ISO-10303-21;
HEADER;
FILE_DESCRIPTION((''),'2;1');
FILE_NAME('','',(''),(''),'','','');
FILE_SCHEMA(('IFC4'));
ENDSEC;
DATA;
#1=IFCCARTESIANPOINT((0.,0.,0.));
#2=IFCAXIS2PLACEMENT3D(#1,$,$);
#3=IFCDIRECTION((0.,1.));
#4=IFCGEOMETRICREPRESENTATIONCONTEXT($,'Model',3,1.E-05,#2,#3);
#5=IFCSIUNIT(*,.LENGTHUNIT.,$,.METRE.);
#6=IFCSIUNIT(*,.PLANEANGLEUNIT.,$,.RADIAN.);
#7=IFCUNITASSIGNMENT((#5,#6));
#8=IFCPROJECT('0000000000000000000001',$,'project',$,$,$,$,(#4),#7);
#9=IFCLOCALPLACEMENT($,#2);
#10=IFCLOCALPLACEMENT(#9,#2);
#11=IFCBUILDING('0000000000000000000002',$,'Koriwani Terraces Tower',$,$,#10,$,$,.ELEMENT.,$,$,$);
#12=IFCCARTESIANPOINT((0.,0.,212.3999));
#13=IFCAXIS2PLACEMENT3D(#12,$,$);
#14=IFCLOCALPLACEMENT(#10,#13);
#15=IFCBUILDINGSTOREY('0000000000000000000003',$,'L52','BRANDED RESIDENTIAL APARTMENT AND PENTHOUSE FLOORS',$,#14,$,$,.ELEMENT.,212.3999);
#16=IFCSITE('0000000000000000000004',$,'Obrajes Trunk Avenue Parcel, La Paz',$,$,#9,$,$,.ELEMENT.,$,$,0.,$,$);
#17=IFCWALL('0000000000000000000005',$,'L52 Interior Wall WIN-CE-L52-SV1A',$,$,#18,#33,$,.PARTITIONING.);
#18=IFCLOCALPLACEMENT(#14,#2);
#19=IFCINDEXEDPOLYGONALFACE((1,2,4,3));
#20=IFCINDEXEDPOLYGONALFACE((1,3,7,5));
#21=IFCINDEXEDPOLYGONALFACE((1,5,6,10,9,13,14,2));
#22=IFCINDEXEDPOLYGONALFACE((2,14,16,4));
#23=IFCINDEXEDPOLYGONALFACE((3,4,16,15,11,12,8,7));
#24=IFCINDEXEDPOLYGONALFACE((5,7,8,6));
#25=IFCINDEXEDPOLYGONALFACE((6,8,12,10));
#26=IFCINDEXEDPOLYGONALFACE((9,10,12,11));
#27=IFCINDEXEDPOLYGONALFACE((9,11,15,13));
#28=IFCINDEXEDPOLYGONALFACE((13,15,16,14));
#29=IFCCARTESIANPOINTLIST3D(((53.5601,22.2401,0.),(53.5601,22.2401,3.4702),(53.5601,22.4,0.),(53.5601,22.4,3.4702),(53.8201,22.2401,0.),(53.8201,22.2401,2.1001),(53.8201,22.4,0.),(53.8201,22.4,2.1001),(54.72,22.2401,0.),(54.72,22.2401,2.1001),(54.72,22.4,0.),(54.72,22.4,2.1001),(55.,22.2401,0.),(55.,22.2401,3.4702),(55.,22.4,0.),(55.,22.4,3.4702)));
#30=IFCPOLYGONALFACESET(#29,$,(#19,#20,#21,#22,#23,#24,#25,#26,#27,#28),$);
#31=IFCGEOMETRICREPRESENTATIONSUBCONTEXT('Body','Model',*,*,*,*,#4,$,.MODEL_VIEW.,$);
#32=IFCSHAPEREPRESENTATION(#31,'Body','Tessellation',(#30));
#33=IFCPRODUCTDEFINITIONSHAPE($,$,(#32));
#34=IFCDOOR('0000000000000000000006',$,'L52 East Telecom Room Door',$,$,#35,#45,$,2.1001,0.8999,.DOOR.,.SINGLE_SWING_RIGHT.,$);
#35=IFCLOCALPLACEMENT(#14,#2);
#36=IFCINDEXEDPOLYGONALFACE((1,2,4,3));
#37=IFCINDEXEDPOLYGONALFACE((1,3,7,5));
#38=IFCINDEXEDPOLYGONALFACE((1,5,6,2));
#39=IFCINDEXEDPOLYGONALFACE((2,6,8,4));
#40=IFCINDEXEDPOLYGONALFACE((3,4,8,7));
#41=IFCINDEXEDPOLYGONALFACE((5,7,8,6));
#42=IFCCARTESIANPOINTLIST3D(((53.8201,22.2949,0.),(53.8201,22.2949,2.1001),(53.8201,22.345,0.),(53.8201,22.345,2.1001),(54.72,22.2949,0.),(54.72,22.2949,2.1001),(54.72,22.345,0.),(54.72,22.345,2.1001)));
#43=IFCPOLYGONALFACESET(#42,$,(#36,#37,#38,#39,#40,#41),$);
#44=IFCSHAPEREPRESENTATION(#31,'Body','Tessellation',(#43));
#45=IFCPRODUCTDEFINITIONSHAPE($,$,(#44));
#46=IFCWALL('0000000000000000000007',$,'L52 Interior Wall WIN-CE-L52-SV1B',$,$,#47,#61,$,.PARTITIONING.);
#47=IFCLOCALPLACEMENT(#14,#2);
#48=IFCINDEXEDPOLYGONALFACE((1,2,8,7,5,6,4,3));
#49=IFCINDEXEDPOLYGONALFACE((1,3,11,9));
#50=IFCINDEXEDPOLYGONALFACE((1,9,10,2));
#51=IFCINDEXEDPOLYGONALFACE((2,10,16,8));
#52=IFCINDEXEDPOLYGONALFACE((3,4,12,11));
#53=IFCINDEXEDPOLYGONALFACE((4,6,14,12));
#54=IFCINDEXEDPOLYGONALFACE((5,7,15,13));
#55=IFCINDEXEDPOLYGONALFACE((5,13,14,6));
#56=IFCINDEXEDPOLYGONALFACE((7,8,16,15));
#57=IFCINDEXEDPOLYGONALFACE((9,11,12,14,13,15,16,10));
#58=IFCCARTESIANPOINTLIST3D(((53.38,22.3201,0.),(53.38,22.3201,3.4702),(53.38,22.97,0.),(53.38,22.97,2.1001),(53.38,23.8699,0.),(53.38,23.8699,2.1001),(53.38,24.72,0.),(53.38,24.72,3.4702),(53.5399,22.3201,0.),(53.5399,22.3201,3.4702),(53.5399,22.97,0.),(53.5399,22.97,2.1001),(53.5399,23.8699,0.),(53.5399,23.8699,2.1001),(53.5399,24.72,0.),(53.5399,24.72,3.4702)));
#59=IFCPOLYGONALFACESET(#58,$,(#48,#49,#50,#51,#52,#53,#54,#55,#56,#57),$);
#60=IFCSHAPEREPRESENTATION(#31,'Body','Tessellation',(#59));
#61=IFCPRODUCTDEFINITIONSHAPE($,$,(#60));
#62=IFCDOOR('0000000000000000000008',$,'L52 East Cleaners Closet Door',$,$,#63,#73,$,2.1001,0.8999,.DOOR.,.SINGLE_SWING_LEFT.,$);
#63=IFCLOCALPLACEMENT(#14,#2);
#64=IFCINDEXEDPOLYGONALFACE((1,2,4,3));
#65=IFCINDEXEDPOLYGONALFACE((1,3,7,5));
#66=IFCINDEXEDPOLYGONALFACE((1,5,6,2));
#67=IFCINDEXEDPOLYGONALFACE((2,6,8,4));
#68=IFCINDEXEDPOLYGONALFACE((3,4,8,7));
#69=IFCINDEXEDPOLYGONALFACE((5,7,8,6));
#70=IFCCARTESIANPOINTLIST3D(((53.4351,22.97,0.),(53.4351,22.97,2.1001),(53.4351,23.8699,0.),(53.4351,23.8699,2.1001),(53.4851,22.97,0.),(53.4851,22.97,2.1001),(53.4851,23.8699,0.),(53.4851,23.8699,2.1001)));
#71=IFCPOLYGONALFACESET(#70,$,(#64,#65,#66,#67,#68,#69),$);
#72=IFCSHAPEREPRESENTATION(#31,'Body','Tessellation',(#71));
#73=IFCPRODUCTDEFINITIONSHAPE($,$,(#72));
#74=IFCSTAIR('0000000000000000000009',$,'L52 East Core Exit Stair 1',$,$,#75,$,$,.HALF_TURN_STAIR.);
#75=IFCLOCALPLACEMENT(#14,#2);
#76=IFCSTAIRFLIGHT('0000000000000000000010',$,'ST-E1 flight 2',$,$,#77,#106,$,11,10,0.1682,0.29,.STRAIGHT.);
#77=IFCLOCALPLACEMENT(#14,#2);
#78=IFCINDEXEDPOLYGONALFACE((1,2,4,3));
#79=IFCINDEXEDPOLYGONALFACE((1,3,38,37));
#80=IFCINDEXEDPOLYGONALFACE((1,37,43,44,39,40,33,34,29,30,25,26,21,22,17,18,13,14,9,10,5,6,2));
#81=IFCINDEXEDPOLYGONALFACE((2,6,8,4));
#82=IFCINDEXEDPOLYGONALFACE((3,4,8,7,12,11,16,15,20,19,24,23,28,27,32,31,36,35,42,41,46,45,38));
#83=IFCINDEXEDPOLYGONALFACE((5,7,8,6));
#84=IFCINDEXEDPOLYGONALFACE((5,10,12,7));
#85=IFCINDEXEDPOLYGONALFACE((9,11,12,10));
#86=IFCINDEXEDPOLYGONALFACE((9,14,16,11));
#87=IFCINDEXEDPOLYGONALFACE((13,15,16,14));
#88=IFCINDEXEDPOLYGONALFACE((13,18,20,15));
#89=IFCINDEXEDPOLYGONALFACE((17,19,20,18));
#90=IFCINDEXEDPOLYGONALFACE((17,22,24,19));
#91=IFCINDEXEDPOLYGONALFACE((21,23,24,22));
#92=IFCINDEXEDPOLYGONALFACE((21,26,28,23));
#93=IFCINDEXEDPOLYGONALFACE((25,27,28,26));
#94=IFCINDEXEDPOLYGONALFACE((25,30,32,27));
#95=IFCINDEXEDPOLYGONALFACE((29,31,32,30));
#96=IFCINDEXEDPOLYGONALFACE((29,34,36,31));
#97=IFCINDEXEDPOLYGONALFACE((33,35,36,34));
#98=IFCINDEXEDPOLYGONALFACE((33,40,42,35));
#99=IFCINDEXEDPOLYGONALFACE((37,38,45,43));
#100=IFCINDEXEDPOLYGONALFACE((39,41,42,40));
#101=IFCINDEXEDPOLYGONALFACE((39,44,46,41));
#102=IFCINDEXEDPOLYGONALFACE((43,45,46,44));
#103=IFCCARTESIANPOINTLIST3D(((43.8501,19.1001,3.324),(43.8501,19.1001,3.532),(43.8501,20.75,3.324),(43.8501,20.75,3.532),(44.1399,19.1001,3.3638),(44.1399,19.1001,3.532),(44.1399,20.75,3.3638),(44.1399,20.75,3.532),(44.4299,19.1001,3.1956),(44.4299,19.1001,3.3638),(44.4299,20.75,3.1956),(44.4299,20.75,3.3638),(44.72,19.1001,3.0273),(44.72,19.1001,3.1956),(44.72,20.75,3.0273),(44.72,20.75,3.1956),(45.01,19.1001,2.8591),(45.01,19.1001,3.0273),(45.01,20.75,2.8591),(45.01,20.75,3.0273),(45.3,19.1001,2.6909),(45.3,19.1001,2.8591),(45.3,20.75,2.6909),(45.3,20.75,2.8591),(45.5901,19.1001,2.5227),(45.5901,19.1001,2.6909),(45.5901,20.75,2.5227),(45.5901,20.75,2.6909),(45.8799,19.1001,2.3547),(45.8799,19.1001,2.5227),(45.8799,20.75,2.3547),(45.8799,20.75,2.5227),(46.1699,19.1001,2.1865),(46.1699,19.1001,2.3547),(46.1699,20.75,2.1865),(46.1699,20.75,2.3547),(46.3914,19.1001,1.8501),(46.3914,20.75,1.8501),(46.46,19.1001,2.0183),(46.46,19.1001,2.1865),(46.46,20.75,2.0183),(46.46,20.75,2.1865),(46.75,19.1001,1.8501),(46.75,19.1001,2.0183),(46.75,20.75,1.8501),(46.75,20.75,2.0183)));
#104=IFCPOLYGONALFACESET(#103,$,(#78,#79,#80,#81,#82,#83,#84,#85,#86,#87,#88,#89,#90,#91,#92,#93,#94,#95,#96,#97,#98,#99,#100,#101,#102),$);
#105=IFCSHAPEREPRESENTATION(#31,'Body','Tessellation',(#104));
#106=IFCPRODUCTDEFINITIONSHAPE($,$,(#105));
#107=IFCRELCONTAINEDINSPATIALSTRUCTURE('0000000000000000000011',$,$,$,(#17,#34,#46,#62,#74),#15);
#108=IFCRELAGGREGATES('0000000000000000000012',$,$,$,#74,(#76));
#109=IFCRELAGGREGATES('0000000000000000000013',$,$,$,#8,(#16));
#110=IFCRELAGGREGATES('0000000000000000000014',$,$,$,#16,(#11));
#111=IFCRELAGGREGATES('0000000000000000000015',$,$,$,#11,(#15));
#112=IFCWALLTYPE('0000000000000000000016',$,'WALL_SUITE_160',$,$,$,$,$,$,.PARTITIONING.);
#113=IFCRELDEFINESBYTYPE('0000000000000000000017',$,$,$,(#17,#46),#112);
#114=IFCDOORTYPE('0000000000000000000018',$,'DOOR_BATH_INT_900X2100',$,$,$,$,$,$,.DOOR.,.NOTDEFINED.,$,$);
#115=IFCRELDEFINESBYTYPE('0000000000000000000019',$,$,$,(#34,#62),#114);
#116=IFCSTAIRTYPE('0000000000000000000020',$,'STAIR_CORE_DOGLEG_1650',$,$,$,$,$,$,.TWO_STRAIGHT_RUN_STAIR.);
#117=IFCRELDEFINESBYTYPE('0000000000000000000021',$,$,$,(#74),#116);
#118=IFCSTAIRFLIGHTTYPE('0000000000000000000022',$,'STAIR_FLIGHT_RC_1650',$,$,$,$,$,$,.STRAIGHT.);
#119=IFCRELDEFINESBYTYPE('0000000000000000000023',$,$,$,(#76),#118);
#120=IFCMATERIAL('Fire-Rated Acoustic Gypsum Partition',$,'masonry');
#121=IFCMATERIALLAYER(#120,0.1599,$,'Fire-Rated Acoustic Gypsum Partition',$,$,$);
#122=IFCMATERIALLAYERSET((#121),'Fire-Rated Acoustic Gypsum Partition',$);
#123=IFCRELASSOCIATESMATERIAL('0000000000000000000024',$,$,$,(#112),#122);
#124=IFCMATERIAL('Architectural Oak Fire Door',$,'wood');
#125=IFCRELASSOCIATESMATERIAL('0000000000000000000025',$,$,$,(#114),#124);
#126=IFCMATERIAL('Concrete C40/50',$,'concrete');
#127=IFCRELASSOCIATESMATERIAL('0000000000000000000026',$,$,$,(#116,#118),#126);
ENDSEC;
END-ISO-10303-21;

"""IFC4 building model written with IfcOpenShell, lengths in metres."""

from ifc_helpers import new_model, si_unit, direction, frame, frame_2d, origin, place, context, subcontext, project, spatial, polyline, rectangle, outline, extrude, material, layer, layer_set, type_object, element, fill, aggregate, save


model = new_model("IFC4")

# Units and contexts
model_context = context("Model", 3, precision=1e-05, world=origin(), true_north=direction((0.0, 1.0)))
body_context = subcontext(model_context, "Body", "Model", "MODEL_VIEW")
ifc_project = project(units=[si_unit("LENGTHUNIT", "METRE"), si_unit("PLANEANGLEUNIT", "RADIAN")], contexts=[model_context])

# Site, building, storey
site_placement = place(None, origin())
site = spatial("IfcSite", under=ifc_project, at=site_placement, Name="Obrajes Trunk Avenue Parcel, La Paz", CompositionType="ELEMENT", RefElevation=0.0)
building_placement = place(site_placement, origin())
building = spatial("IfcBuilding", under=site, at=building_placement, Name="Koriwani Terraces Tower", CompositionType="ELEMENT")
storey_placement = place(building_placement, frame((0.0, 0.0, 212.3999)))
storey = spatial("IfcBuildingStorey", under=building, at=storey_placement, Name="L52", Description="BRANDED RESIDENTIAL APARTMENT AND PENTHOUSE FLOORS", CompositionType="ELEMENT", Elevation=212.3999)

# Shared definitions
ifc_material_1 = material(Name="Concrete C40/50", Category="concrete")

# Walls, openings, doors
ifc_material_2 = material(Name="Fire-Rated Acoustic Gypsum Partition", Category="masonry")
ifc_layer_1 = layer(ifc_material_2, 0.1599, Name="Fire-Rated Acoustic Gypsum Partition")
ifc_layer_set_1 = layer_set([ifc_layer_1], Name="Fire-Rated Acoustic Gypsum Partition")
wall_type_1 = type_object("IfcWallType", Name="WALL_SUITE_160", PredefinedType="PARTITIONING", material=ifc_layer_set_1)
wall_1_placement = place(storey_placement, frame((53.5601, 22.3201, 0.0), z_axis=(0.0, 0.0, 1.0), x_axis=(1.0, 0.0, 0.0)))
wall_1 = element("IfcWall", 1, at=wall_1_placement, inside=storey, type_object=wall_type_1, Name="L52 Interior Wall WIN-CE-L52-SV1A", PredefinedType="PARTITIONING", context=body_context, shape_type="SweptSolid", body=[
    extrude(rectangle(XDim=1.4399, YDim=0.1599, at=frame_2d((0.72, 0.0))), origin(), (0.0, 0.0, 1.0), 3.4702),
])
opening_1_placement = place(wall_1_placement, frame((0.26, 0.0, 0.0)))
opening_1 = element("IfcOpeningElement", 2, at=opening_1_placement, cuts=wall_1, PredefinedType="OPENING", context=body_context, shape_type="SweptSolid", body=[
    extrude(rectangle(XDim=0.8999, YDim=2.1001, at=frame_2d((0.45, 1.05))), frame((0.0, 0.0898, 0.0), z_axis=(0.0, -1.0, 0.0), x_axis=(1.0, 0.0, 0.0)), (0.0, 0.0, 1.0), 0.1799),
])
ifc_material_3 = material(Name="Architectural Oak Fire Door", Category="wood")
door_type_1 = type_object("IfcDoorType", Name="DOOR_BATH_INT_900X2100", OperationType="NOTDEFINED", PredefinedType="DOOR", material=ifc_material_3)
door_1_placement = place(opening_1_placement, origin())
door_1 = element("IfcDoor", 3, at=door_1_placement, inside=storey, type_object=door_type_1, Name="L52 East Telecom Room Door", OperationType="SINGLE_SWING_RIGHT", OverallHeight=2.1001, OverallWidth=0.8999, PredefinedType="DOOR", context=body_context, shape_type="SweptSolid", body=[
    extrude(rectangle(XDim=0.8999, YDim=2.1001, at=frame_2d((0.45, 1.05))), frame((0.0, 0.0249, 0.0), z_axis=(0.0, -1.0, 0.0), x_axis=(1.0, 0.0, 0.0)), (0.0, 0.0, 1.0), 0.05),
])
fill(opening_1, door_1)
wall_2_placement = place(storey_placement, frame((53.46, 22.3201, 0.0), z_axis=(0.0, 0.0, 1.0), x_axis=(0.0, 1.0, 0.0)))
wall_2 = element("IfcWall", 4, at=wall_2_placement, inside=storey, type_object=wall_type_1, Name="L52 Interior Wall WIN-CE-L52-SV1B", PredefinedType="PARTITIONING", context=body_context, shape_type="SweptSolid", body=[
    extrude(rectangle(XDim=2.3999, YDim=0.1599, at=frame_2d((1.2, 0.0))), origin(), (0.0, 0.0, 1.0), 3.4702),
])
opening_2_placement = place(wall_2_placement, frame((0.6499, 0.0, 0.0)))
opening_2 = element("IfcOpeningElement", 5, at=opening_2_placement, cuts=wall_2, PredefinedType="OPENING", context=body_context, shape_type="SweptSolid", body=[
    extrude(rectangle(XDim=0.8999, YDim=2.1001, at=frame_2d((0.45, 1.05))), frame((0.0, 0.0898, 0.0), z_axis=(0.0, -1.0, 0.0), x_axis=(1.0, 0.0, 0.0)), (0.0, 0.0, 1.0), 0.1799),
])
door_2_placement = place(opening_2_placement, origin())
door_2 = element("IfcDoor", 6, at=door_2_placement, inside=storey, type_object=door_type_1, Name="L52 East Cleaners Closet Door", OperationType="SINGLE_SWING_LEFT", OverallHeight=2.1001, OverallWidth=0.8999, PredefinedType="DOOR", context=body_context, shape_type="SweptSolid", body=[
    extrude(rectangle(XDim=0.8999, YDim=2.1001, at=frame_2d((0.45, 1.05))), frame((0.0, 0.0249, 0.0), z_axis=(0.0, -1.0, 0.0), x_axis=(1.0, 0.0, 0.0)), (0.0, 0.0, 1.0), 0.05),
])
fill(opening_2, door_2)

# Stair, stair flight
stair_type = type_object("IfcStairType", Name="STAIR_CORE_DOGLEG_1650", PredefinedType="TWO_STRAIGHT_RUN_STAIR", material=ifc_material_1)
stair_placement = place(storey_placement, origin())
stair = element("IfcStair", 7, at=stair_placement, inside=storey, type_object=stair_type, Name="L52 East Core Exit Stair 1", PredefinedType="HALF_TURN_STAIR")
stair_flight_type = type_object("IfcStairFlightType", Name="STAIR_FLIGHT_RC_1650", PredefinedType="STRAIGHT", material=ifc_material_1)
stair_flight_placement = place(storey_placement, frame((46.75, 19.925, 1.8501), z_axis=(0.0, 0.0, 1.0), x_axis=(-1.0, 0.0, 0.0)))
stair_flight = element("IfcStairFlight", 8, at=stair_flight_placement, type_object=stair_flight_type, Name="ST-E1 flight 2", NumberOfRisers=11, NumberOfTreads=10, PredefinedType="STRAIGHT", RiserHeight=0.1682, TreadLength=0.29, context=body_context, shape_type="SweptSolid", body=[
    extrude(outline(polyline([(0.0, 0.0), (0.0, 0.1682), (0.29, 0.1682), (0.29, 0.3364), (0.5801, 0.3364), (0.5801, 0.5046), (0.8701, 0.5046), (0.8701, 0.6726), (1.1599, 0.6726), (1.1599, 0.8408), (1.45, 0.8408), (1.45, 1.009), (1.74, 1.009), (1.74, 1.1772), (2.03, 1.1772), (2.03, 1.3455), (2.3201, 1.3455), (2.3201, 1.5137), (2.6101, 1.5137), (2.6101, 1.6819), (2.8999, 1.6819), (2.8999, 1.8501), (2.8999, 1.4739), (0.3586, 0.0), (0.0, 0.0)])), frame((0.0, 0.825, 0.0), z_axis=(0.0, -1.0, 0.0), x_axis=(1.0, 0.0, 0.0)), (0.0, 0.0, 1.0), 1.6499),
])
aggregate(stair, [stair_flight])

save(model, "model.ifc")
